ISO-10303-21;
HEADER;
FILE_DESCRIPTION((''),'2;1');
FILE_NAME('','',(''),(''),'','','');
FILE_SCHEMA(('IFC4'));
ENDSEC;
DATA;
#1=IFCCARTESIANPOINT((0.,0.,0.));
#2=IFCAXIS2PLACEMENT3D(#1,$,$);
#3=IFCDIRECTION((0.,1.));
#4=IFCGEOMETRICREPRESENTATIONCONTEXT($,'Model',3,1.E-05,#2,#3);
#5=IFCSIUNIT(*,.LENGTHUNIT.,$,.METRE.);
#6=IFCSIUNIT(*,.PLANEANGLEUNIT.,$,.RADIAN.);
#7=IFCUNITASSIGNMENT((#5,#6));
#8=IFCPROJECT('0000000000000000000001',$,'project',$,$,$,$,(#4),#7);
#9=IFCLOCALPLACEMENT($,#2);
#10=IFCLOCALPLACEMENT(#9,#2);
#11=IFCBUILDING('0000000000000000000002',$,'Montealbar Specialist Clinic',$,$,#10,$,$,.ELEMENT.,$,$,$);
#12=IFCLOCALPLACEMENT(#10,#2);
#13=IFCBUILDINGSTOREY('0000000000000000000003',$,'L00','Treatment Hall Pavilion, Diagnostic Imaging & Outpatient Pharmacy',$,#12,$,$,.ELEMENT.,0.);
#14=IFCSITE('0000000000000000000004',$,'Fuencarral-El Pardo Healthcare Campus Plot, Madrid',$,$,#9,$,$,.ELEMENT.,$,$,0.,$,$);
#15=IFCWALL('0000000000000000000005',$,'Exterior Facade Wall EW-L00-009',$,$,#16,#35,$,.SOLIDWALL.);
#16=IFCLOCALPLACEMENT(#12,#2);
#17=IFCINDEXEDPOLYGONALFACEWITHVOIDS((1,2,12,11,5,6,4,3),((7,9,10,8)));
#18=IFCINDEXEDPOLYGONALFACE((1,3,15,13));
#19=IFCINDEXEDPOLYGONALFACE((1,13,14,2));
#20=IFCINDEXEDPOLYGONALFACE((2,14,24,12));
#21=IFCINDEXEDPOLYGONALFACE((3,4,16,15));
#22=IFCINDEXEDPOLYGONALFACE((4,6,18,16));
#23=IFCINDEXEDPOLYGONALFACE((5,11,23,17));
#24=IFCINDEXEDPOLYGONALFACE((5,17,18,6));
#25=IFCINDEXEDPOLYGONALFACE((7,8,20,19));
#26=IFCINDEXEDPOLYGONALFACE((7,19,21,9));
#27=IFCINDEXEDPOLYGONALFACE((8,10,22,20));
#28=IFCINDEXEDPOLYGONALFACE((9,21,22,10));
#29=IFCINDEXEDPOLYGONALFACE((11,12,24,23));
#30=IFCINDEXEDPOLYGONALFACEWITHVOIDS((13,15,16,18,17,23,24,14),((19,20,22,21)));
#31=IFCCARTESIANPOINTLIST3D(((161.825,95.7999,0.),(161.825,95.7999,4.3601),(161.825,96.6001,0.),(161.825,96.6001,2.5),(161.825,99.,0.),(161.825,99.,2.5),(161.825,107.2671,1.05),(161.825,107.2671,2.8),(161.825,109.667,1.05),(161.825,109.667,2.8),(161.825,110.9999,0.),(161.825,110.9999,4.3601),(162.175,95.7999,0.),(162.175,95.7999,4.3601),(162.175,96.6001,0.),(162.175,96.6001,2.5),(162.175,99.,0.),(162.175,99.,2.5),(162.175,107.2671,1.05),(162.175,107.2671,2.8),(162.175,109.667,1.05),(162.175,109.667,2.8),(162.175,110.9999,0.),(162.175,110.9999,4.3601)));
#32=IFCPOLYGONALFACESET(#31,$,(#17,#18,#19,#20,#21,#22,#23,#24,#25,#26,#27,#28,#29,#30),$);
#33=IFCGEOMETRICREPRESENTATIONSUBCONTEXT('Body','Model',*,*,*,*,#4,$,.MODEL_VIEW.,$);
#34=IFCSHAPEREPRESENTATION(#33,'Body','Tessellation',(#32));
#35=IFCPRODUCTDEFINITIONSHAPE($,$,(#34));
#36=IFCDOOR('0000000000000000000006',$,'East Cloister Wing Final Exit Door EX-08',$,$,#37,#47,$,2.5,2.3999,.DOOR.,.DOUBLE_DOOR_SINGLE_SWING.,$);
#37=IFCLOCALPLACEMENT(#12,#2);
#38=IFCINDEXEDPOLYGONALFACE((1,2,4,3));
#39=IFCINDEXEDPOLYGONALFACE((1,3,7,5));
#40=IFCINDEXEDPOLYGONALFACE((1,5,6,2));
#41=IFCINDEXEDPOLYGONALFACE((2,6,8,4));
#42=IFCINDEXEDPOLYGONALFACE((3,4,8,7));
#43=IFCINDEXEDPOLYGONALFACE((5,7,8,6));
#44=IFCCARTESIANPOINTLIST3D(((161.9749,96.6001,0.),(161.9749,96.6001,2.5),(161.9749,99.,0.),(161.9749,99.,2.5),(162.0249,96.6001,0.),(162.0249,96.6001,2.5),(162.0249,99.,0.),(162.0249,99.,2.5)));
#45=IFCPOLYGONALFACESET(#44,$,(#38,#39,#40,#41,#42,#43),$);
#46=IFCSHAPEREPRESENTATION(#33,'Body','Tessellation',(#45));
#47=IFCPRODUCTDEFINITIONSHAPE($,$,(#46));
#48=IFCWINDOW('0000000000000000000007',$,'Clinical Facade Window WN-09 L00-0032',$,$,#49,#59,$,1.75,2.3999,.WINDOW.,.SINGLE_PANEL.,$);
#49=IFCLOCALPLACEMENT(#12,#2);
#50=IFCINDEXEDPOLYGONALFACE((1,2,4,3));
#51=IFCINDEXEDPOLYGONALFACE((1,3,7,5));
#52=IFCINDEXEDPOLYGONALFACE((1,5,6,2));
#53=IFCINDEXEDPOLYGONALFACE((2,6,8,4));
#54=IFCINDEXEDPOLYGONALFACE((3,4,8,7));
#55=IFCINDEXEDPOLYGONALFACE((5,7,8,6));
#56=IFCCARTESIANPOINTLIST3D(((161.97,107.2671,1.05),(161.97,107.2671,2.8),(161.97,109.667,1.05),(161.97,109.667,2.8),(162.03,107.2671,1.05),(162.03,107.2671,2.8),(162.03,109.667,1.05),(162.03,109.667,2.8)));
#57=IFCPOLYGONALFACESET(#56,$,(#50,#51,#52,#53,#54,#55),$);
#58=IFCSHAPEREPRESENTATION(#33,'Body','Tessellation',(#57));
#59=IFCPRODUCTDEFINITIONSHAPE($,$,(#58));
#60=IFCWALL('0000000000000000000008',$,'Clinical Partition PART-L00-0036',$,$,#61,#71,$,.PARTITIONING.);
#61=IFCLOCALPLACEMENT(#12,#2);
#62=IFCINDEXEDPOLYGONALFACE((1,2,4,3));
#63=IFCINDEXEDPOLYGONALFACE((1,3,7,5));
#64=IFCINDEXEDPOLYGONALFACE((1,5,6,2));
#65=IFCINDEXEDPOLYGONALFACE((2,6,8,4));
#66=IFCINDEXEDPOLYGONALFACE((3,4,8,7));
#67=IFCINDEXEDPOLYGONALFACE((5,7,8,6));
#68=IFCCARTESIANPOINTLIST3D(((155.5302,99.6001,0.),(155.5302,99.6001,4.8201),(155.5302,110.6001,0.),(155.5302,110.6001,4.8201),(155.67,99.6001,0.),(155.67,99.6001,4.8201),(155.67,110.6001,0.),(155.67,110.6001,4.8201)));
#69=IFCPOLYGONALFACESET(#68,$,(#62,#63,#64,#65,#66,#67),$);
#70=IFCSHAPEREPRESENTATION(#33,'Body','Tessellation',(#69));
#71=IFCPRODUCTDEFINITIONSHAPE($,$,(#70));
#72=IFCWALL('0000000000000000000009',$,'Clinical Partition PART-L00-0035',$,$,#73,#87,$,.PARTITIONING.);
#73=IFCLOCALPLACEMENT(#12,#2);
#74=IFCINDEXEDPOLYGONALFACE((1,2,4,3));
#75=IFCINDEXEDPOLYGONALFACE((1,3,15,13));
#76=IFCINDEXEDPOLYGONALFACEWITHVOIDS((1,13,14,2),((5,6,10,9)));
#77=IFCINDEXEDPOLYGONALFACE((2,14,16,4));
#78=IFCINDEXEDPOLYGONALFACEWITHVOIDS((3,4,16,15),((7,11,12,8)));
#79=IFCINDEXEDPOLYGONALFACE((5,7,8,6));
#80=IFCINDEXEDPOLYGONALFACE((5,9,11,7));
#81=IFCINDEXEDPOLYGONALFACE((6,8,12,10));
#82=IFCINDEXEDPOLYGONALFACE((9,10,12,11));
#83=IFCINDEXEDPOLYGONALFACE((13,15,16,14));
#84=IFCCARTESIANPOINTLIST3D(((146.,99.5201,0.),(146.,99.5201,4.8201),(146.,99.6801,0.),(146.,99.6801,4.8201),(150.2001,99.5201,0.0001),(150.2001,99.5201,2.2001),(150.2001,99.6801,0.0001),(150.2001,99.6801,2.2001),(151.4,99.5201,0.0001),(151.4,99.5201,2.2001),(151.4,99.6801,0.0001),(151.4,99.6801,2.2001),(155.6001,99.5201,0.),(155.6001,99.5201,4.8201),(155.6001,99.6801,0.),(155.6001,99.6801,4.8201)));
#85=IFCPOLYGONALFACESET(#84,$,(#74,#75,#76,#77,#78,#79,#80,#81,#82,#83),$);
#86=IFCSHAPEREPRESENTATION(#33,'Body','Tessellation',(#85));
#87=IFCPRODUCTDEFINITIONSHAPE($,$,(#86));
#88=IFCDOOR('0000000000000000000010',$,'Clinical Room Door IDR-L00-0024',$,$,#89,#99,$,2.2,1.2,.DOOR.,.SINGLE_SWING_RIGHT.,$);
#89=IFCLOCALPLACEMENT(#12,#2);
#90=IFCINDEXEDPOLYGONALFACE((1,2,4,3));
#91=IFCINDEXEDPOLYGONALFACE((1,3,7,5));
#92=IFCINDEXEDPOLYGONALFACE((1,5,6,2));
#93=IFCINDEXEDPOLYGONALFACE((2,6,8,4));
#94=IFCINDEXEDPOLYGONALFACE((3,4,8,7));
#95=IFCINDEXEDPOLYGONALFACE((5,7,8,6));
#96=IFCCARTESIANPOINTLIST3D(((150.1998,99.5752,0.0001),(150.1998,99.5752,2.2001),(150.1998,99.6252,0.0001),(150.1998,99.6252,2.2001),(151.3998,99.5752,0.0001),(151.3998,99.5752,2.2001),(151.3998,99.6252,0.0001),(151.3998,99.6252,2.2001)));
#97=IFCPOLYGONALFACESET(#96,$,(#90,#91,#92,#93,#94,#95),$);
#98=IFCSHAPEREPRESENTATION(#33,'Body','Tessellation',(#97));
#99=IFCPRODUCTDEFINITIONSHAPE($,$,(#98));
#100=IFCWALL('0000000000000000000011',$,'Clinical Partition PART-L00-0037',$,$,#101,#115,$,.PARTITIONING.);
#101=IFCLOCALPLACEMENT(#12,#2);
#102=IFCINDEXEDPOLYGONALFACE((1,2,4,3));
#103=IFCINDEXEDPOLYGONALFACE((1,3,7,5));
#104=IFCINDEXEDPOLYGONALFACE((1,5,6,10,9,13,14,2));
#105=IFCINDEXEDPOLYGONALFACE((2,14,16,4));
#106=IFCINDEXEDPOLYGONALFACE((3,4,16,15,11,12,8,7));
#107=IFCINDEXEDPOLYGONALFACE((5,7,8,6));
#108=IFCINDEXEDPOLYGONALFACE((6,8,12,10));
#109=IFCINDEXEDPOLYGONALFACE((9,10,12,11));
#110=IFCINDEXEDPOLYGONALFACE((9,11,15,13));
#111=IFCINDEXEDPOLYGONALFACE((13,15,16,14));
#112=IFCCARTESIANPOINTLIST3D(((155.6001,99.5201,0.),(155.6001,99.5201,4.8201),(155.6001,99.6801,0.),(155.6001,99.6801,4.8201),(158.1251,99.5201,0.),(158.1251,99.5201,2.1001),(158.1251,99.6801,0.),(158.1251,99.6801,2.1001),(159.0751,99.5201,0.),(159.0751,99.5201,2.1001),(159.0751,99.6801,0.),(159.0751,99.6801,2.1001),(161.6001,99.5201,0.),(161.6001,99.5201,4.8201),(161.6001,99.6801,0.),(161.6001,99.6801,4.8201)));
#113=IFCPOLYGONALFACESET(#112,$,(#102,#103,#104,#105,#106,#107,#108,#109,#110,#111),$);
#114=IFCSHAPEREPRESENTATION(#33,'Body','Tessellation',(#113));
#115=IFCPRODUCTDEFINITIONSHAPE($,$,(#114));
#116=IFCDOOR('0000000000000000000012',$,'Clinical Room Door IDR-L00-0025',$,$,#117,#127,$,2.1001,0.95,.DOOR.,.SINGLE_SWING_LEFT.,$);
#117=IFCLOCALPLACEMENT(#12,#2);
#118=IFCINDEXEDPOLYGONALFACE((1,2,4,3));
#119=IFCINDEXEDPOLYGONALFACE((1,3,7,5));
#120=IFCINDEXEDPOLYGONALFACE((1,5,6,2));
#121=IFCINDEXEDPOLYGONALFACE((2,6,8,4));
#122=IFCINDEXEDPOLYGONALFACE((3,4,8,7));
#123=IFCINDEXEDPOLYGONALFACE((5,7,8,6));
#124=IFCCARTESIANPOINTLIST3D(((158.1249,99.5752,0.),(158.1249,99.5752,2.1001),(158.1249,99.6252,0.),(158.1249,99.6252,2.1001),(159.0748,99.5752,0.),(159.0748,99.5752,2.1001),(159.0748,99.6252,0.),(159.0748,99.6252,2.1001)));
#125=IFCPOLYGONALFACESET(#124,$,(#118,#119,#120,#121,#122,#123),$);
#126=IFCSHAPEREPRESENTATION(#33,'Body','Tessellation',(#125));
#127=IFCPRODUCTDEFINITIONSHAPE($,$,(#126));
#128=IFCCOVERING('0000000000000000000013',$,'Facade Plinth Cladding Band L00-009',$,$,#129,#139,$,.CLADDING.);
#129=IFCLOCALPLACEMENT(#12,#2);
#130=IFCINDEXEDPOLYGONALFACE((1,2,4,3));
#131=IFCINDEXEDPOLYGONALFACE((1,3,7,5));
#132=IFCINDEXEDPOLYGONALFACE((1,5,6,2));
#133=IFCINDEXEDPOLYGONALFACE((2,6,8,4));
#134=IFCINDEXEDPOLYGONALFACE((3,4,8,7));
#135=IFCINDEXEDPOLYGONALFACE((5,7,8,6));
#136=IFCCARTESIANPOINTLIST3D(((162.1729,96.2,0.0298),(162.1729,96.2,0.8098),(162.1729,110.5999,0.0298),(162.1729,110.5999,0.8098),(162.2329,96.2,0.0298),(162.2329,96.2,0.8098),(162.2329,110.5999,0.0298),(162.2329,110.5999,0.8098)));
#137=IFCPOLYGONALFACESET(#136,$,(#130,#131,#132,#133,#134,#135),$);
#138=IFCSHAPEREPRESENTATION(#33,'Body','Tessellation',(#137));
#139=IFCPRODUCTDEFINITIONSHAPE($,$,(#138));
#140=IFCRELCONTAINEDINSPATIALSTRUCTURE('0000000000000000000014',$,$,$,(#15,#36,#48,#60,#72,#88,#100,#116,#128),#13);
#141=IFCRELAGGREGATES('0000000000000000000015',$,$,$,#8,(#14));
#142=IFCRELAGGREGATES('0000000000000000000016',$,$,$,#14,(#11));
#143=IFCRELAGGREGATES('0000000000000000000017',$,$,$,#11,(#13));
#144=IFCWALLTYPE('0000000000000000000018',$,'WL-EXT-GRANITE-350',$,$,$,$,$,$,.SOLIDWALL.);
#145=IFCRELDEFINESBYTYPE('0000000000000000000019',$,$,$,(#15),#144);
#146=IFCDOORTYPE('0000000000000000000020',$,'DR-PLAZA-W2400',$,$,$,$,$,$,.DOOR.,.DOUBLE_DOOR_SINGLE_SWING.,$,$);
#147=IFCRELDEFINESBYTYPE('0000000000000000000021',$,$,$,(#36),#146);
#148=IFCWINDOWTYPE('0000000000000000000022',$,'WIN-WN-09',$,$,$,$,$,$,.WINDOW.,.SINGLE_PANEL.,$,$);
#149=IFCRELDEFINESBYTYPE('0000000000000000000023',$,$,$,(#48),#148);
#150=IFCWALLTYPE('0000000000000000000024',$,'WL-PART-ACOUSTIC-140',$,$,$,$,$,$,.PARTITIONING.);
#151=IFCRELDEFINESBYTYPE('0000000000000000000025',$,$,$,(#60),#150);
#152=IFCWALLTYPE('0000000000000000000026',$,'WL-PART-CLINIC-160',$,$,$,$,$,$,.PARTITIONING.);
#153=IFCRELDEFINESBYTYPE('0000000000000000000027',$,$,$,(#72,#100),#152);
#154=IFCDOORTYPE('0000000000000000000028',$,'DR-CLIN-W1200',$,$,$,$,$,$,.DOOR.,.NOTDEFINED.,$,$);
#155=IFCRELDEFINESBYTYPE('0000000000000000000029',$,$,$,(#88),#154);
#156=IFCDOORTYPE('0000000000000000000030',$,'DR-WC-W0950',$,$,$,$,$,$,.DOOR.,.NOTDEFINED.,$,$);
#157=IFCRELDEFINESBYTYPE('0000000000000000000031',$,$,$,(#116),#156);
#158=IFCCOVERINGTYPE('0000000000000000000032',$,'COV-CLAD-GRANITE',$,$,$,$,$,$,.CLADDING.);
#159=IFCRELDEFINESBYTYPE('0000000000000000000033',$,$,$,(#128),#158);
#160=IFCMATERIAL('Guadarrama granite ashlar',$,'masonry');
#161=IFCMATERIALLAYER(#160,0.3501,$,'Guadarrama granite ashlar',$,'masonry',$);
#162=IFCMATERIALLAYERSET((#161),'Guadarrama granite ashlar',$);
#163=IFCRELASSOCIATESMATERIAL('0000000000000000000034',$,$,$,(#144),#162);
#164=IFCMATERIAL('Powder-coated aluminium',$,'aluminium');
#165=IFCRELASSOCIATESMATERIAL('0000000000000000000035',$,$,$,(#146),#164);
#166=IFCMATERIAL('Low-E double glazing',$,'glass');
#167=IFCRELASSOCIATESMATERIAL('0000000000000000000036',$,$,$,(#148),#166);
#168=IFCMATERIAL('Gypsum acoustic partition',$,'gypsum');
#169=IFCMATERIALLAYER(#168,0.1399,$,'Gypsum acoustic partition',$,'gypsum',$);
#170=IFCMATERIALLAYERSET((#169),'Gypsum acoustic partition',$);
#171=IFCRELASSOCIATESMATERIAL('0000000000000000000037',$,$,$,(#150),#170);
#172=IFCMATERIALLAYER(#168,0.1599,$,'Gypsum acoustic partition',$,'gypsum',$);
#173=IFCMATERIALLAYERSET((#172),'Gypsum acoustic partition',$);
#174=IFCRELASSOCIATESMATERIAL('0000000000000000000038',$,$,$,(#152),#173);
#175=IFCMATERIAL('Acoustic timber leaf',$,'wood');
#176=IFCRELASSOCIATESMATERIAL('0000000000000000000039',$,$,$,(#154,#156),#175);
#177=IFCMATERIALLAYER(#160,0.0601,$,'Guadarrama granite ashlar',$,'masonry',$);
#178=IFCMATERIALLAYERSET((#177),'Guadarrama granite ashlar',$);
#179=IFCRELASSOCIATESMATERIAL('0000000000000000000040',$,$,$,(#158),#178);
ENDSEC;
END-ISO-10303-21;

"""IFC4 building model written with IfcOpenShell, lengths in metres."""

from ifc_helpers import new_model, si_unit, direction, frame, frame_2d, origin, origin_2d, place, context, subcontext, project, spatial, rectangle, extrude, material, layer, layer_set, type_object, element, fill, save


model = new_model("IFC4")

# Units and contexts
model_context = context("Model", 3, precision=1e-05, world=origin(), true_north=direction((0.0, 1.0)))
body_context = subcontext(model_context, "Body", "Model", "MODEL_VIEW")
ifc_project = project(units=[si_unit("LENGTHUNIT", "METRE"), si_unit("PLANEANGLEUNIT", "RADIAN")], contexts=[model_context])

# Site, building, storey
site_placement = place(None, origin())
site = spatial("IfcSite", under=ifc_project, at=site_placement, Name="Fuencarral-El Pardo Healthcare Campus Plot, Madrid", CompositionType="ELEMENT", RefElevation=0.0)
building_placement = place(site_placement, origin())
building = spatial("IfcBuilding", under=site, at=building_placement, Name="Montealbar Specialist Clinic", CompositionType="ELEMENT")
storey_placement = place(building_placement, origin())
storey = spatial("IfcBuildingStorey", under=building, at=storey_placement, Name="L00", Description="Treatment Hall Pavilion, Diagnostic Imaging & Outpatient Pharmacy", CompositionType="ELEMENT", Elevation=0.0)

# Shared definitions
ifc_material_1 = material(Name="Guadarrama granite ashlar", Category="masonry")

# Wall, openings, door, window
ifc_layer_1 = layer(ifc_material_1, 0.3501, Name="Guadarrama granite ashlar", Category="masonry")
ifc_layer_set_1 = layer_set([ifc_layer_1], Name="Guadarrama granite ashlar")
wall_type_1 = type_object("IfcWallType", Name="WL-EXT-GRANITE-350", PredefinedType="SOLIDWALL", material=ifc_layer_set_1)
wall_1_placement = place(storey_placement, frame((162.0, 111.0, 0.0), z_axis=(0.0, 0.0, 1.0), x_axis=(0.0, -1.0, 0.0)))
wall_1 = element("IfcWall", 1, at=wall_1_placement, inside=storey, type_object=wall_type_1, Name="Exterior Facade Wall EW-L00-009", PredefinedType="SOLIDWALL", context=body_context, shape_type="SweptSolid", body=[
    extrude(rectangle(XDim=15.2, YDim=0.3501, at=frame_2d((7.6001, 0.0))), origin(), (0.0, 0.0, 1.0), 4.3601),
])
opening_1_placement = place(wall_1_placement, frame((12.0, 0.0, 0.0)))
opening_1 = element("IfcOpeningElement", 2, at=opening_1_placement, cuts=wall_1, PredefinedType="OPENING", context=body_context, shape_type="SweptSolid", body=[
    extrude(rectangle(XDim=2.3999, YDim=2.5, at=frame_2d((1.2, 1.25))), frame((0.0, 0.1851, 0.0), z_axis=(0.0, -1.0, 0.0), x_axis=(1.0, 0.0, 0.0)), (0.0, 0.0, 1.0), 0.3701),
])
opening_2_placement = place(wall_1_placement, frame((1.333, 0.0, 1.05)))
opening_2 = element("IfcOpeningElement", 3, at=opening_2_placement, cuts=wall_1, PredefinedType="OPENING", context=body_context, shape_type="SweptSolid", body=[
    extrude(rectangle(XDim=2.3999, YDim=1.75, at=frame_2d((1.2, 0.875))), frame((0.0, 0.1851, 0.0), z_axis=(0.0, -1.0, 0.0), x_axis=(1.0, 0.0, 0.0)), (0.0, 0.0, 1.0), 0.3701),
])
ifc_material_2 = material(Name="Powder-coated aluminium", Category="aluminium")
door_type_1 = type_object("IfcDoorType", Name="DR-PLAZA-W2400", OperationType="DOUBLE_DOOR_SINGLE_SWING", PredefinedType="DOOR", material=ifc_material_2)
door_1_placement = place(opening_1_placement, origin())
door_1 = element("IfcDoor", 4, at=door_1_placement, inside=storey, type_object=door_type_1, Name="East Cloister Wing Final Exit Door EX-08", OperationType="DOUBLE_DOOR_SINGLE_SWING", OverallHeight=2.5, OverallWidth=2.3999, PredefinedType="DOOR", context=body_context, shape_type="SweptSolid", body=[
    extrude(rectangle(XDim=2.3999, YDim=2.5, at=frame_2d((1.2, 1.25))), frame((0.0, 0.0249, 0.0), z_axis=(0.0, -1.0, 0.0), x_axis=(1.0, 0.0, 0.0)), (0.0, 0.0, 1.0), 0.05),
])
fill(opening_1, door_1)
ifc_material_3 = material(Name="Low-E double glazing", Category="glass")
window_type = type_object("IfcWindowType", Name="WIN-WN-09", PartitioningType="SINGLE_PANEL", PredefinedType="WINDOW", material=ifc_material_3)
window_placement = place(opening_2_placement, origin())
window = element("IfcWindow", 5, at=window_placement, inside=storey, type_object=window_type, Name="Clinical Facade Window WN-09 L00-0032", OverallHeight=1.75, OverallWidth=2.3999, PartitioningType="SINGLE_PANEL", PredefinedType="WINDOW", context=body_context, shape_type="SweptSolid", body=[
    extrude(rectangle(XDim=2.3999, YDim=1.75, at=frame_2d((1.2, 0.875))), frame((0.0, 0.03, 0.0), z_axis=(0.0, -1.0, 0.0), x_axis=(1.0, 0.0, 0.0)), (0.0, 0.0, 1.0), 0.0601),
])
fill(opening_2, window)

# Wall
ifc_material_4 = material(Name="Gypsum acoustic partition", Category="gypsum")
ifc_layer_2 = layer(ifc_material_4, 0.1399, Name="Gypsum acoustic partition", Category="gypsum")
ifc_layer_set_2 = layer_set([ifc_layer_2], Name="Gypsum acoustic partition")
wall_type_2 = type_object("IfcWallType", Name="WL-PART-ACOUSTIC-140", PredefinedType="PARTITIONING", material=ifc_layer_set_2)
wall_2_placement = place(storey_placement, frame((155.6001, 99.6001, 0.0), z_axis=(0.0, 0.0, 1.0), x_axis=(0.0, 1.0, 0.0)))
element("IfcWall", 6, at=wall_2_placement, inside=storey, type_object=wall_type_2, Name="Clinical Partition PART-L00-0036", PredefinedType="PARTITIONING", context=body_context, shape_type="SweptSolid", body=[
    extrude(rectangle(XDim=11.0, YDim=0.1399, at=frame_2d((5.5, 0.0))), origin(), (0.0, 0.0, 1.0), 4.8201),
])

# Walls, openings, doors
ifc_layer_3 = layer(ifc_material_4, 0.1599, Name="Gypsum acoustic partition", Category="gypsum")
ifc_layer_set_3 = layer_set([ifc_layer_3], Name="Gypsum acoustic partition")
wall_type_3 = type_object("IfcWallType", Name="WL-PART-CLINIC-160", PredefinedType="PARTITIONING", material=ifc_layer_set_3)
wall_3_placement = place(storey_placement, frame((146.0, 99.6001, 0.0), z_axis=(0.0, 0.0, 1.0), x_axis=(1.0, 0.0, 0.0)))
wall_3 = element("IfcWall", 7, at=wall_3_placement, inside=storey, type_object=wall_type_3, Name="Clinical Partition PART-L00-0035", PredefinedType="PARTITIONING", context=body_context, shape_type="SweptSolid", body=[
    extrude(rectangle(XDim=9.6001, YDim=0.1599, at=frame_2d((4.8, 0.0))), origin(), (0.0, 0.0, 1.0), 4.8201),
])
opening_3_placement = place(wall_3_placement, frame((4.2, 0.0, 0.0)))
opening_3 = element("IfcOpeningElement", 8, at=opening_3_placement, cuts=wall_3, PredefinedType="OPENING", context=body_context, shape_type="SweptSolid", body=[
    extrude(rectangle(XDim=1.2, YDim=2.2, at=frame_2d((0.6001, 1.1001))), frame((0.0, 0.0898, 0.0), z_axis=(0.0, -1.0, 0.0), x_axis=(1.0, 0.0, 0.0)), (0.0, 0.0, 1.0), 0.1799),
])
ifc_material_5 = material(Name="Acoustic timber leaf", Category="wood")
door_type_2 = type_object("IfcDoorType", Name="DR-CLIN-W1200", OperationType="NOTDEFINED", PredefinedType="DOOR", material=ifc_material_5)
door_2_placement = place(opening_3_placement, frame((1.2, 0.0, 0.0), z_axis=(0.0, 0.0, 1.0), x_axis=(-1.0, 0.0, 0.0)))
door_2 = element("IfcDoor", 9, at=door_2_placement, inside=storey, type_object=door_type_2, Name="Clinical Room Door IDR-L00-0024", OperationType="SINGLE_SWING_RIGHT", OverallHeight=2.2, OverallWidth=1.2, PredefinedType="DOOR", context=body_context, shape_type="SweptSolid", body=[
    extrude(rectangle(XDim=1.2, YDim=2.2, at=frame_2d((0.6001, 1.1001))), frame((0.0, 0.0249, 0.0), z_axis=(0.0, -1.0, 0.0), x_axis=(1.0, 0.0, 0.0)), (0.0, 0.0, 1.0), 0.05),
])
fill(opening_3, door_2)
wall_4_placement = place(storey_placement, frame((155.6001, 99.6001, 0.0), z_axis=(0.0, 0.0, 1.0), x_axis=(1.0, 0.0, 0.0)))
wall_4 = element("IfcWall", 10, at=wall_4_placement, inside=storey, type_object=wall_type_3, Name="Clinical Partition PART-L00-0037", PredefinedType="PARTITIONING", context=body_context, shape_type="SweptSolid", body=[
    extrude(rectangle(XDim=6.0, YDim=0.1599, at=frame_2d((3.0, 0.0))), origin(), (0.0, 0.0, 1.0), 4.8201),
])
opening_4_placement = place(wall_4_placement, frame((2.5249, 0.0, 0.0)))
opening_4 = element("IfcOpeningElement", 11, at=opening_4_placement, cuts=wall_4, PredefinedType="OPENING", context=body_context, shape_type="SweptSolid", body=[
    extrude(rectangle(XDim=0.95, YDim=2.1001, at=frame_2d((0.4751, 1.05))), frame((0.0, 0.0898, 0.0), z_axis=(0.0, -1.0, 0.0), x_axis=(1.0, 0.0, 0.0)), (0.0, 0.0, 1.0), 0.1799),
])
door_type_3 = type_object("IfcDoorType", Name="DR-WC-W0950", OperationType="NOTDEFINED", PredefinedType="DOOR", material=ifc_material_5)
door_3_placement = place(opening_4_placement, frame((0.95, 0.0, 0.0), z_axis=(0.0, 0.0, 1.0), x_axis=(-1.0, 0.0, 0.0)))
door_3 = element("IfcDoor", 12, at=door_3_placement, inside=storey, type_object=door_type_3, Name="Clinical Room Door IDR-L00-0025", OperationType="SINGLE_SWING_LEFT", OverallHeight=2.1001, OverallWidth=0.95, PredefinedType="DOOR", context=body_context, shape_type="SweptSolid", body=[
    extrude(rectangle(XDim=0.95, YDim=2.1001, at=frame_2d((0.4751, 1.05))), frame((0.0, 0.0249, 0.0), z_axis=(0.0, -1.0, 0.0), x_axis=(1.0, 0.0, 0.0)), (0.0, 0.0, 1.0), 0.05),
])
fill(opening_4, door_3)

# Covering
ifc_layer_4 = layer(ifc_material_1, 0.0601, Name="Guadarrama granite ashlar", Category="masonry")
ifc_layer_set_4 = layer_set([ifc_layer_4], Name="Guadarrama granite ashlar")
covering_type = type_object("IfcCoveringType", Name="COV-CLAD-GRANITE", PredefinedType="CLADDING", material=ifc_layer_set_4)
covering_placement = place(storey_placement, frame((162.2029, 103.3999, 0.0298), z_axis=(0.0, 0.0, 1.0), x_axis=(0.0, -1.0, 0.0)))
element("IfcCovering", 13, at=covering_placement, inside=storey, type_object=covering_type, Name="Facade Plinth Cladding Band L00-009", PredefinedType="CLADDING", context=body_context, shape_type="SweptSolid", body=[
    extrude(rectangle(XDim=14.3999, YDim=0.0601, at=origin_2d()), origin(), (0.0, 0.0, 1.0), 0.78),
])

save(model, "model.ifc")
